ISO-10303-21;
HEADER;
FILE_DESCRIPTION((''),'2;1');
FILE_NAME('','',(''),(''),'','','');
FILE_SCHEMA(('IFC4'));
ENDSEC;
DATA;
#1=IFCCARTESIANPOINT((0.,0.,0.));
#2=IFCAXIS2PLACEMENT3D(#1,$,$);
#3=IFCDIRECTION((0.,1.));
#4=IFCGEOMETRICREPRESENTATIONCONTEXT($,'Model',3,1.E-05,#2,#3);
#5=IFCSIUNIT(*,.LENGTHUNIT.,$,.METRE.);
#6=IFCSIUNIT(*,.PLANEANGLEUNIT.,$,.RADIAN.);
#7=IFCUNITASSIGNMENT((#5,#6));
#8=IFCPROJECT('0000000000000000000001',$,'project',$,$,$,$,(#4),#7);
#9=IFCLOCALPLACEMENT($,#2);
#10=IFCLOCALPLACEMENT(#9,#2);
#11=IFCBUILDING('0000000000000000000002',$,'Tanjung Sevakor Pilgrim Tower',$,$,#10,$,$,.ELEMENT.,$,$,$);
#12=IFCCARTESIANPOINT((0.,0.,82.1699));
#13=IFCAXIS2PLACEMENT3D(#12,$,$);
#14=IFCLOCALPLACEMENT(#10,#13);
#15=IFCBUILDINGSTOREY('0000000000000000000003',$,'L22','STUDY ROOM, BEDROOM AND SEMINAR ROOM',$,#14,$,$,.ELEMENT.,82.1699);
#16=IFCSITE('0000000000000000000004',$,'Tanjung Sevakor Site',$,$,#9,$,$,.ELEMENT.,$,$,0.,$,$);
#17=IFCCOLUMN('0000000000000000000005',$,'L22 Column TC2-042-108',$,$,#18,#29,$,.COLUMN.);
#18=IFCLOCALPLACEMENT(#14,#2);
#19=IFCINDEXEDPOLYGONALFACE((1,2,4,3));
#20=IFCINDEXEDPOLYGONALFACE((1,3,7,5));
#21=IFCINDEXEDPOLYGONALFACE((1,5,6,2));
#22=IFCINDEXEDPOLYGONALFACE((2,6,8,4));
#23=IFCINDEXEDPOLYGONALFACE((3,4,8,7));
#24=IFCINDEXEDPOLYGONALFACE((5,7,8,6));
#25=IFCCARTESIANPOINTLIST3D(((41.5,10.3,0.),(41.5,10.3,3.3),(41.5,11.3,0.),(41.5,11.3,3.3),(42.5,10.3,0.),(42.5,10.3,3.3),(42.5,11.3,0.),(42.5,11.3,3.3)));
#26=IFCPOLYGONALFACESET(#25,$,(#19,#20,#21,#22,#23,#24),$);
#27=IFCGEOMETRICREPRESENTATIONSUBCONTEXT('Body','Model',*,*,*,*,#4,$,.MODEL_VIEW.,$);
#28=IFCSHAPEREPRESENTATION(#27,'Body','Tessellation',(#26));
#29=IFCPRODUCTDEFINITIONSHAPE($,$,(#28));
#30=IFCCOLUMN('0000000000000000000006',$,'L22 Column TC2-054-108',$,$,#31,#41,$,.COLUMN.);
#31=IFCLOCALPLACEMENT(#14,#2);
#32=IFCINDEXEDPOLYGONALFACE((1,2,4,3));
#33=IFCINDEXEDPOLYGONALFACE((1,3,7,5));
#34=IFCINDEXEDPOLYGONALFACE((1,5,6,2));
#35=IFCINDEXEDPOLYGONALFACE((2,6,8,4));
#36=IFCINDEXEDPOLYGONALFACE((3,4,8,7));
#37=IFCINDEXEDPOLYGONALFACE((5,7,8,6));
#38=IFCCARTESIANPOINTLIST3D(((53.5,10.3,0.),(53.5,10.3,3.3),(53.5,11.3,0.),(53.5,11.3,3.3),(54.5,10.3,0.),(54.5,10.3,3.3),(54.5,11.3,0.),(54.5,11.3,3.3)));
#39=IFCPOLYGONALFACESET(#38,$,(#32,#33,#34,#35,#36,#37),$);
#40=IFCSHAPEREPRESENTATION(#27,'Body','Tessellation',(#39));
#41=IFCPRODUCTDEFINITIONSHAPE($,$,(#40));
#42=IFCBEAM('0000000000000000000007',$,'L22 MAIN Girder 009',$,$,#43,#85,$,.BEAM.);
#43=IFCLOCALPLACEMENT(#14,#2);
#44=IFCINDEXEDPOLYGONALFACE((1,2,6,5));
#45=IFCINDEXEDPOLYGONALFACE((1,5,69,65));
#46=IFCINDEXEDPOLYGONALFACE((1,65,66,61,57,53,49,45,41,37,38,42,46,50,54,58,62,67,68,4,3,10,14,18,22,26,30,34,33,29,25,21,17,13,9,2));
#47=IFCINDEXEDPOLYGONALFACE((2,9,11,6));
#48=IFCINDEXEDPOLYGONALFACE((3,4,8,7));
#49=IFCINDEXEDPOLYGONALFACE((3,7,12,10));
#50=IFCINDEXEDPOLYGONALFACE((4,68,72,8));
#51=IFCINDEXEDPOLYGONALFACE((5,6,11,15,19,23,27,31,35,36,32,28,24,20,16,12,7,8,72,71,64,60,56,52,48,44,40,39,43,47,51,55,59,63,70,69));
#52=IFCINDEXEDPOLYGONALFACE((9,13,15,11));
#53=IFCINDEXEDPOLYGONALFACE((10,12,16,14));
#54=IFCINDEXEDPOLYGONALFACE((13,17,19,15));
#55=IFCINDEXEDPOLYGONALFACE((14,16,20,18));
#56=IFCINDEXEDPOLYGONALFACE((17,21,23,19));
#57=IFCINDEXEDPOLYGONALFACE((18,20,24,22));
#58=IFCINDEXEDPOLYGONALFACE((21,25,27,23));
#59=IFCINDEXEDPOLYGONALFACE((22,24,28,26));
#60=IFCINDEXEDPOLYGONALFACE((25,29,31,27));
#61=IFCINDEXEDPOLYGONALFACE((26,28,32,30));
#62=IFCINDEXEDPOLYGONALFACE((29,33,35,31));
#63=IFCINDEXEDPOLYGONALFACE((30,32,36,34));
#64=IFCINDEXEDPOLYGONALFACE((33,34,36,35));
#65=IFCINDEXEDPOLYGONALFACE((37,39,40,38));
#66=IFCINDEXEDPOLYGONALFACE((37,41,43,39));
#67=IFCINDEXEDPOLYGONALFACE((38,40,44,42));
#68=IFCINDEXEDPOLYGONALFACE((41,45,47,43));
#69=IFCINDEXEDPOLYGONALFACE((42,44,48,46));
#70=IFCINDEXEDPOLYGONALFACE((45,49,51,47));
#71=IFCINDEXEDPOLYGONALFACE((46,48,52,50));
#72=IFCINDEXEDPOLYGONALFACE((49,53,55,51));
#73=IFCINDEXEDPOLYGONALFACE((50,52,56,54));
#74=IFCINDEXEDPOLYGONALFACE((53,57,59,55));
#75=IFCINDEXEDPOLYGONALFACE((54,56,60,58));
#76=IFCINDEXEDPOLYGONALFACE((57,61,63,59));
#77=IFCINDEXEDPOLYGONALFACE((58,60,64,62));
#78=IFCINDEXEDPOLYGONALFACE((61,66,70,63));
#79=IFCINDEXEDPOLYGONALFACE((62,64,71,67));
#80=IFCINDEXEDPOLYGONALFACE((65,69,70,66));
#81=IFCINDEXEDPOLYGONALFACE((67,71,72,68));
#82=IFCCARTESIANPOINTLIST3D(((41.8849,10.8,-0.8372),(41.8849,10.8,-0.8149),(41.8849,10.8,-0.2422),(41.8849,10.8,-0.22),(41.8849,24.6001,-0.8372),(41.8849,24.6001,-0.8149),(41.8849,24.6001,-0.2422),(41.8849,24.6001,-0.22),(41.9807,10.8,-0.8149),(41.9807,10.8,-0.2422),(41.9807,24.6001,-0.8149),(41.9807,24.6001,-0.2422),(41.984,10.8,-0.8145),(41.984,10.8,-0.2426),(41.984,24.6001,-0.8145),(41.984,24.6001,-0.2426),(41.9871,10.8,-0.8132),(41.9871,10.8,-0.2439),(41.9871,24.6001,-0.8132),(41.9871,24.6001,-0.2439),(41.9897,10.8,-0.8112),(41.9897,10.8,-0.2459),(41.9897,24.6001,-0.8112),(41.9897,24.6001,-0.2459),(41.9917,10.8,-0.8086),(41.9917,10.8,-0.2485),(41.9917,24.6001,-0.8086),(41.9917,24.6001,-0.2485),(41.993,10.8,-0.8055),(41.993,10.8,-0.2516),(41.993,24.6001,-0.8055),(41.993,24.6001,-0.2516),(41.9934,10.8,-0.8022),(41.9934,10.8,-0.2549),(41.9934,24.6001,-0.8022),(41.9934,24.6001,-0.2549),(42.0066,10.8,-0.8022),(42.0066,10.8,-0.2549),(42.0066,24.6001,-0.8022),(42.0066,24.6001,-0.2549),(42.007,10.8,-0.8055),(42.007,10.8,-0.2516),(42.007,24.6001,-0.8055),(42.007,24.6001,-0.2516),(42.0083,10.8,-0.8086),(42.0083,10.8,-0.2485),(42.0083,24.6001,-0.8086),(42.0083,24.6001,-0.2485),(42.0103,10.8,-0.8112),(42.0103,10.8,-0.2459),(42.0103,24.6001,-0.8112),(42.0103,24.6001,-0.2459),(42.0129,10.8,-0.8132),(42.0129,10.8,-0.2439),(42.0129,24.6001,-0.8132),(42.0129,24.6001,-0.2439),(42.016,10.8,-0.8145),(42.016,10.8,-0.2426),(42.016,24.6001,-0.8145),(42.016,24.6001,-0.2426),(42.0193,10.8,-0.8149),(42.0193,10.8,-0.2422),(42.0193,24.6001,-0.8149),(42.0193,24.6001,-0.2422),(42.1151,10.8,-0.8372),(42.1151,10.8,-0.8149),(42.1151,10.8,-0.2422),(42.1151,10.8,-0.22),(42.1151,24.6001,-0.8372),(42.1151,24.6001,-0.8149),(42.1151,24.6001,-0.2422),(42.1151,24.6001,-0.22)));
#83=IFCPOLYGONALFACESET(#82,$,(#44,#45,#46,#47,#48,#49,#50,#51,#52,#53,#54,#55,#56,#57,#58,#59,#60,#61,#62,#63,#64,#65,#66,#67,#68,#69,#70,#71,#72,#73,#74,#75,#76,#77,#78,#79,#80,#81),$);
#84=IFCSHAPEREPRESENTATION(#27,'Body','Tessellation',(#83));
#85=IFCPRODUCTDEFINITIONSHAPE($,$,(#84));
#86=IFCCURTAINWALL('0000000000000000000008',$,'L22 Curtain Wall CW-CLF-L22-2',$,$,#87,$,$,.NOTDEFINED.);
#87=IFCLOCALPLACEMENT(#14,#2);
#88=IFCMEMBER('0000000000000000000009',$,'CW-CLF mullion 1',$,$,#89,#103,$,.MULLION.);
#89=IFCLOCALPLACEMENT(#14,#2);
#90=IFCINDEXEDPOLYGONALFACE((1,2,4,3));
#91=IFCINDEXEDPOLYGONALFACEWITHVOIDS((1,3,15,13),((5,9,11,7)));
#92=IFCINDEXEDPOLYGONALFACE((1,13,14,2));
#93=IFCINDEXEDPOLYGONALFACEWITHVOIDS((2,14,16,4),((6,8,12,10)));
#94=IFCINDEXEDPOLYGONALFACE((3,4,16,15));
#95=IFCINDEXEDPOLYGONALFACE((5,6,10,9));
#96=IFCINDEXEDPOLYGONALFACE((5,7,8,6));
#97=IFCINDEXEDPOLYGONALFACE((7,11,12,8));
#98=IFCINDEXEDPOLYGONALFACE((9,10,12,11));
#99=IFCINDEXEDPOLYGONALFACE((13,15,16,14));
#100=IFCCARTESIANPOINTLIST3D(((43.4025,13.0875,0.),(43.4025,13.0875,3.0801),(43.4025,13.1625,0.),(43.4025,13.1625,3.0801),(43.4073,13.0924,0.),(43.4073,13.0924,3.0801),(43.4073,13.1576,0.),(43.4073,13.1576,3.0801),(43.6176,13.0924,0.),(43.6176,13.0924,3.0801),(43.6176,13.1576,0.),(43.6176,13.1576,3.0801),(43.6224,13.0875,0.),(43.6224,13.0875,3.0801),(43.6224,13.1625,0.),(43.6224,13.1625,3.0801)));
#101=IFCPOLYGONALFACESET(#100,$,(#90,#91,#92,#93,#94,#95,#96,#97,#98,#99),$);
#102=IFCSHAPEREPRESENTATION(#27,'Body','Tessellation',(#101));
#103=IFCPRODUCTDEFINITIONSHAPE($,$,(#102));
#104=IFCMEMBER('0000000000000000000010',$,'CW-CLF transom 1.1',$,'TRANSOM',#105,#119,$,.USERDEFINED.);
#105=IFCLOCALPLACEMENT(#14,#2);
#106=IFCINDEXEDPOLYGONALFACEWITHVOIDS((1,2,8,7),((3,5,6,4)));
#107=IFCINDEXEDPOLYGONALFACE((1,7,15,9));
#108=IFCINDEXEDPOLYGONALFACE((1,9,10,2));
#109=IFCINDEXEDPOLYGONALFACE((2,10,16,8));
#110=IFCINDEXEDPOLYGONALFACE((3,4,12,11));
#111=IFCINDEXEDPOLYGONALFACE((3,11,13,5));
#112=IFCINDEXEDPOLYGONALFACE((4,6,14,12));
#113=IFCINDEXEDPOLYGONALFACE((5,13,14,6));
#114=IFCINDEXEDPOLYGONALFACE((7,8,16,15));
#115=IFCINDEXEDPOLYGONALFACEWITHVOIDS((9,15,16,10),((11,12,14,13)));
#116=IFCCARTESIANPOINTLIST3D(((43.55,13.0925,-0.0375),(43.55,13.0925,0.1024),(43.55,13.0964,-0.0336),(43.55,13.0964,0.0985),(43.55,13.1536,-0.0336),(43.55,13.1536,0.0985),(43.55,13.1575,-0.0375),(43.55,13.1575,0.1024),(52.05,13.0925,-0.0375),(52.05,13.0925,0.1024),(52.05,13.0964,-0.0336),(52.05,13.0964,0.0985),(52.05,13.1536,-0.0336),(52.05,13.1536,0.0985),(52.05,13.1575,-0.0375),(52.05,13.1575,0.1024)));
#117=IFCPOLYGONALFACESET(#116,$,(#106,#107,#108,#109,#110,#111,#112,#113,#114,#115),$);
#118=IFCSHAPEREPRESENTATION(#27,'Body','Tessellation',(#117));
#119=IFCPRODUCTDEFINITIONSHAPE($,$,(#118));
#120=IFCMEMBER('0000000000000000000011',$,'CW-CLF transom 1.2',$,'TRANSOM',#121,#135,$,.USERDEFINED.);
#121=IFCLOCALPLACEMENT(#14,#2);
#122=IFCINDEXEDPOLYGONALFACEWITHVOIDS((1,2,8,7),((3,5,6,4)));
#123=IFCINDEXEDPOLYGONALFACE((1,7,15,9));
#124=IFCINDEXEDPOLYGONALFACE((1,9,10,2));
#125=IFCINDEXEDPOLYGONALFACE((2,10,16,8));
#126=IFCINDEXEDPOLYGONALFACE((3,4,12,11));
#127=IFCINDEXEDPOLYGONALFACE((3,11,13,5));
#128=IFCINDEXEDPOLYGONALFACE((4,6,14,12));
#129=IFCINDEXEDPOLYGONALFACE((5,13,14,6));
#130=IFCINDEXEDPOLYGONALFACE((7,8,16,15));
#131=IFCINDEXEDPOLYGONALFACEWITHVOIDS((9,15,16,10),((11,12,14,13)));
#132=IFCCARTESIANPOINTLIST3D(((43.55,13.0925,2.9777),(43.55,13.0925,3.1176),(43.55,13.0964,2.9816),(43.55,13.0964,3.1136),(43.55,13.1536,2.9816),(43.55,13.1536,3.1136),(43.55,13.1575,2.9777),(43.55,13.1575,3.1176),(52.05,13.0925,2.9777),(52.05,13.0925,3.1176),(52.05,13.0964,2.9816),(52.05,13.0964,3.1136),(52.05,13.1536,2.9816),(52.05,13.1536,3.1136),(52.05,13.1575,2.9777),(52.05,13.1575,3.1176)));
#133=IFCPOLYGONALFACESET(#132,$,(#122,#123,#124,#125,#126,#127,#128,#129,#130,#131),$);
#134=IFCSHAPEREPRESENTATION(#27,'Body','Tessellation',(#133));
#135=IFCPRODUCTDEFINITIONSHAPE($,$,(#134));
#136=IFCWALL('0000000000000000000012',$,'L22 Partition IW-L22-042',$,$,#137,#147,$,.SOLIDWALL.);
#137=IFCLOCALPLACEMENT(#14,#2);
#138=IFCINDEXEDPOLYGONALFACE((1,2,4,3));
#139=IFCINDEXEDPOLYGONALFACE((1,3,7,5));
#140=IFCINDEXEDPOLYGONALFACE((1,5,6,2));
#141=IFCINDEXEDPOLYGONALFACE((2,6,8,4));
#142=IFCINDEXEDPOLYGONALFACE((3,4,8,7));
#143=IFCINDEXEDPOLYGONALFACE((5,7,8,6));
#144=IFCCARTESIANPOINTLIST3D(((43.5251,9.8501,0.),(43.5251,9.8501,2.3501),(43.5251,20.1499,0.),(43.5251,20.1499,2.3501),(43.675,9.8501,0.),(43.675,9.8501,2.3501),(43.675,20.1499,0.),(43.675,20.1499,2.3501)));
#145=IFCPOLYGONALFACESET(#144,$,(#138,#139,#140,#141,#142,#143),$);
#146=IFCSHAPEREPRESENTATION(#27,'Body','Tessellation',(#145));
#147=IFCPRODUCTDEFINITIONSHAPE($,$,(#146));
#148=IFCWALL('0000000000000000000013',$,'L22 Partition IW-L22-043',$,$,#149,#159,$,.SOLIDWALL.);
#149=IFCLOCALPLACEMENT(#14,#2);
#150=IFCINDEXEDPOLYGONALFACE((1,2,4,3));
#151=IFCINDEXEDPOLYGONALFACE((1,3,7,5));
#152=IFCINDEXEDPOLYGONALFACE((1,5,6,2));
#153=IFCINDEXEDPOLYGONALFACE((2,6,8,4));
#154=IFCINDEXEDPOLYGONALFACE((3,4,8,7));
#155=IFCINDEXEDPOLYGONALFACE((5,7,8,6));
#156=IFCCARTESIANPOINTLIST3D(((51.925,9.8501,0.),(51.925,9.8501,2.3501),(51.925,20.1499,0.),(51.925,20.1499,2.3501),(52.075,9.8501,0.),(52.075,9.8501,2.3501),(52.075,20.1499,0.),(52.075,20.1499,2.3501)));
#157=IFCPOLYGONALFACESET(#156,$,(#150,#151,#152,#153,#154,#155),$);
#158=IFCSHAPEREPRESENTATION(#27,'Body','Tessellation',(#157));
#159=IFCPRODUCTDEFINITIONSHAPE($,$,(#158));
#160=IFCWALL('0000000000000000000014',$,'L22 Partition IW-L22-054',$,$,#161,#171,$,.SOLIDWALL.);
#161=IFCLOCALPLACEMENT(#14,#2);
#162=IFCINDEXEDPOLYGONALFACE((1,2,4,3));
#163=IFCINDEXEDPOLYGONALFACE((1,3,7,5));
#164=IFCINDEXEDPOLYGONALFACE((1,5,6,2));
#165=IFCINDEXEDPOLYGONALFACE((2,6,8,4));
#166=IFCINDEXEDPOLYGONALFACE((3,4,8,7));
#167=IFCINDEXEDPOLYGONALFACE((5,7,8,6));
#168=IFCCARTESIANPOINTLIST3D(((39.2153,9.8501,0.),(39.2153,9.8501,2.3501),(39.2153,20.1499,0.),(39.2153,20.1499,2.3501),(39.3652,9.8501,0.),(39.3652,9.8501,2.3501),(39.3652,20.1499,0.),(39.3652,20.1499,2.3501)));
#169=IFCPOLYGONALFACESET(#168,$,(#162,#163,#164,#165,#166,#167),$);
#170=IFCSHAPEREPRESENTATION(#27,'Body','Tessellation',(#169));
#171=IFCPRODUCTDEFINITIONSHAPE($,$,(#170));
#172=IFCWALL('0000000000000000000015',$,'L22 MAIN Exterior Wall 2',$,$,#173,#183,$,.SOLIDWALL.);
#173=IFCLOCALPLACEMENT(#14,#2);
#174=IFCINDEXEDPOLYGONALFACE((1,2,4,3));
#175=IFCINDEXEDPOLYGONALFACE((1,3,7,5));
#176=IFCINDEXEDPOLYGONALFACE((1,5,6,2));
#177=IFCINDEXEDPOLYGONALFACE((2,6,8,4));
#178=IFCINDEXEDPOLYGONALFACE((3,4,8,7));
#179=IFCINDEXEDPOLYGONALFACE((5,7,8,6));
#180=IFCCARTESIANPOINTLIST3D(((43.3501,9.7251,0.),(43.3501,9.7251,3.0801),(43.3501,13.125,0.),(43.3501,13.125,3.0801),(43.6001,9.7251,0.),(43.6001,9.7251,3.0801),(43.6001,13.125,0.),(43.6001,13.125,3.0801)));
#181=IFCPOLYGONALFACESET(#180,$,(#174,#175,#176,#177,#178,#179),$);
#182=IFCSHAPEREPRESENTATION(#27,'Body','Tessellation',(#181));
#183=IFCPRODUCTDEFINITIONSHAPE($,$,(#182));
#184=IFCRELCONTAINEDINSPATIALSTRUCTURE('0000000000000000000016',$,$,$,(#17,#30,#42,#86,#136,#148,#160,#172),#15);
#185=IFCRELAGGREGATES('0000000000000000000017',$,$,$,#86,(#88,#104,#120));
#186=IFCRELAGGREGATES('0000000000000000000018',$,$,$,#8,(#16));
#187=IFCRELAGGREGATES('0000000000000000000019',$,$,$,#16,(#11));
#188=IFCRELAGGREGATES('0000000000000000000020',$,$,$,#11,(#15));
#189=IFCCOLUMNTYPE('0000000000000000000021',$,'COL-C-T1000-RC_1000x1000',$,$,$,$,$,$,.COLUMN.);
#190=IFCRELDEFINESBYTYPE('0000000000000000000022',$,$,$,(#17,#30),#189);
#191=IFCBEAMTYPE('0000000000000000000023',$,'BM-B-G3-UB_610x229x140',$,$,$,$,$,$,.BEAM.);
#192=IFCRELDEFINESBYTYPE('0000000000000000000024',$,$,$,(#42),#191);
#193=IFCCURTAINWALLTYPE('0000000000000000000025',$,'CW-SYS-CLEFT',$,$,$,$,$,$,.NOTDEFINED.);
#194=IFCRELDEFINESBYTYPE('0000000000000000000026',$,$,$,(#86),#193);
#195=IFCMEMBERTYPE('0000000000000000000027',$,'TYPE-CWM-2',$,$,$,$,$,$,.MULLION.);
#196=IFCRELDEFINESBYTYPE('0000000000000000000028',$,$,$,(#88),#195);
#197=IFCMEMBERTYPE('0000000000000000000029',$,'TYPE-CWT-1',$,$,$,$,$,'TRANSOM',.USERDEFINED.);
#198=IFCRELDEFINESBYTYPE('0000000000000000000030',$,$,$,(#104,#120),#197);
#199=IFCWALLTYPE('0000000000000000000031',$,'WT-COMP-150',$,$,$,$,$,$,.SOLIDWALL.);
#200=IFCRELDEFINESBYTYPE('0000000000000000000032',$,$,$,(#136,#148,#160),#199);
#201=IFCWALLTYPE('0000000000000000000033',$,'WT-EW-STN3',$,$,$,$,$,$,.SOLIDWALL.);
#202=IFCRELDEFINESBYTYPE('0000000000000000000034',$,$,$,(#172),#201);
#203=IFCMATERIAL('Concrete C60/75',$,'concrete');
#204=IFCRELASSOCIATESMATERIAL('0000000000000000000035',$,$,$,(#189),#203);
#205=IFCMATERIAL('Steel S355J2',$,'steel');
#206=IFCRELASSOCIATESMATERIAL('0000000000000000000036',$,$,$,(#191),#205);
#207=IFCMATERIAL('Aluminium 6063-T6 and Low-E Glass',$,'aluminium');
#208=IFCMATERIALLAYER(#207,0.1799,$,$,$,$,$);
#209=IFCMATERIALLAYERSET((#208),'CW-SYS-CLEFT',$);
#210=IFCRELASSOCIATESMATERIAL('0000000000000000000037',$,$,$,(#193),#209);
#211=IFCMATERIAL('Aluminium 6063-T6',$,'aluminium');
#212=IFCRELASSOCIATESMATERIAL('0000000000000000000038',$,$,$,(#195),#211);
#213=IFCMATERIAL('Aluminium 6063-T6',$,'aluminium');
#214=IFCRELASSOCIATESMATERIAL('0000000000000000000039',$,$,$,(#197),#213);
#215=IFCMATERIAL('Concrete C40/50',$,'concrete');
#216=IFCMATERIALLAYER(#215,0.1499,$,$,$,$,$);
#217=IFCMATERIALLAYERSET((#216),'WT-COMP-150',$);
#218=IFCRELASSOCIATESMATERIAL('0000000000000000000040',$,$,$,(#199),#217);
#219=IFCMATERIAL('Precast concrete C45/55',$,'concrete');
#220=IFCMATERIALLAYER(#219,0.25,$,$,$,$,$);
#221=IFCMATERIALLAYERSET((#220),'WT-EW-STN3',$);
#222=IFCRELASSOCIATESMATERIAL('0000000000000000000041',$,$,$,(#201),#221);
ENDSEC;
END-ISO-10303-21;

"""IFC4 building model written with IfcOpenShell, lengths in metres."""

from ifc_helpers import new_model, si_unit, direction, frame, frame_2d, origin, origin_2d, place, context, subcontext, project, spatial, rectangle, hollow_rectangle, i_section, extrude, material, layer, layer_set, material_profile, profile_set, type_object, element, aggregate, save


model = new_model("IFC4")

# Units and contexts
model_context = context("Model", 3, precision=1e-05, world=origin(), true_north=direction((0.0, 1.0)))
body_context = subcontext(model_context, "Body", "Model", "MODEL_VIEW")
ifc_project = project(units=[si_unit("LENGTHUNIT", "METRE"), si_unit("PLANEANGLEUNIT", "RADIAN")], contexts=[model_context])

# Site, building, storey
site_placement = place(None, origin())
site = spatial("IfcSite", under=ifc_project, at=site_placement, Name="Tanjung Sevakor Site", CompositionType="ELEMENT", RefElevation=0.0)
building_placement = place(site_placement, origin())
building = spatial("IfcBuilding", under=site, at=building_placement, Name="Tanjung Sevakor Pilgrim Tower", CompositionType="ELEMENT")
storey_placement = place(building_placement, frame((0.0, 0.0, 82.1699)))
storey = spatial("IfcBuildingStorey", under=building, at=storey_placement, Name="L22", Description="STUDY ROOM, BEDROOM AND SEMINAR ROOM", CompositionType="ELEMENT", Elevation=82.1699)

# Columns
ifc_material_1 = material(Name="Concrete C60/75", Category="concrete")
ifc_material_profile_1 = material_profile(ifc_material_1, rectangle(XDim=1.0, YDim=1.0, at=origin_2d()))
ifc_profile_set_1 = profile_set([ifc_material_profile_1], Name="Concrete C60/75")
column_type = type_object("IfcColumnType", Name="COL-C-T1000-RC_1000x1000", PredefinedType="COLUMN", material=ifc_profile_set_1)
for number, where, z_axis, x_axis, name in (
    (1, (42.0, 10.8, 0.0), (0.0, 0.0, 1.0), (1.0, 0.0, 0.0), "L22 Column TC2-042-108"),
    (2, (54.0, 10.8, 0.0), (0.0, 0.0, 1.0), (1.0, 0.0, 0.0), "L22 Column TC2-054-108"),
):
    element("IfcColumn", number, at=place(storey_placement, frame(where, z_axis=z_axis, x_axis=x_axis)), inside=storey, type_object=column_type, Name=name, PredefinedType="COLUMN", context=body_context, shape_type="SweptSolid", body=[
        extrude(rectangle(XDim=1.0, YDim=1.0, at=origin_2d()), origin(), (0.0, 0.0, 1.0), 3.3),
    ])

# Beam
ifc_material_2 = material(Name="Steel S355J2", Category="steel")
ifc_material_profile_2 = material_profile(ifc_material_2, i_section(OverallWidth=0.2302, OverallDepth=0.6172, WebThickness=0.0132, FlangeThickness=0.0222, FilletRadius=0.0127, at=origin_2d()))
ifc_profile_set_2 = profile_set([ifc_material_profile_2], Name="Steel S355J2")
beam_type = type_object("IfcBeamType", Name="BM-B-G3-UB_610x229x140", PredefinedType="BEAM", material=ifc_profile_set_2)
beam_placement = place(storey_placement, frame((42.0, 10.8, -0.5286), z_axis=(0.0, 1.0, 0.0), x_axis=(-1.0, 0.0, 0.0)))
element("IfcBeam", 3, at=beam_placement, inside=storey, type_object=beam_type, Name="L22 MAIN Girder 009", PredefinedType="BEAM", context=body_context, shape_type="SweptSolid", body=[
    extrude(i_section(OverallWidth=0.2302, OverallDepth=0.6172, WebThickness=0.0132, FlangeThickness=0.0222, FilletRadius=0.0127, at=origin_2d()), origin(), (0.0, 0.0, 1.0), 13.8),
])

# Curtain wall, members
ifc_material_3 = material(Name="Aluminium 6063-T6 and Low-E Glass", Category="aluminium")
ifc_layer_1 = layer(ifc_material_3, 0.1799)
ifc_layer_set_1 = layer_set([ifc_layer_1], Name="CW-SYS-CLEFT")
curtain_wall_type = type_object("IfcCurtainWallType", Name="CW-SYS-CLEFT", PredefinedType="NOTDEFINED", material=ifc_layer_set_1)
curtain_wall_placement = place(storey_placement, origin())
curtain_wall = element("IfcCurtainWall", 4, at=curtain_wall_placement, inside=storey, type_object=curtain_wall_type, Name="L22 Curtain Wall CW-CLF-L22-2", PredefinedType="NOTDEFINED")
ifc_material_4 = material(Name="Aluminium 6063-T6", Category="aluminium")
ifc_material_profile_3 = material_profile(ifc_material_4, hollow_rectangle(XDim=0.075, YDim=0.22, WallThickness=0.0049, at=origin_2d()))
ifc_profile_set_3 = profile_set([ifc_material_profile_3], Name="Aluminium 6063-T6")
member_type_1 = type_object("IfcMemberType", Name="TYPE-CWM-2", PredefinedType="MULLION", material=ifc_profile_set_3)
member_1_placement = place(storey_placement, frame((43.5125, 13.125, 0.0), z_axis=(0.0, 0.0, 1.0), x_axis=(0.0, 1.0, 0.0)))
member_1 = element("IfcMember", 5, at=member_1_placement, type_object=member_type_1, Name="CW-CLF mullion 1", PredefinedType="MULLION", context=body_context, shape_type="SweptSolid", body=[
    extrude(hollow_rectangle(XDim=0.075, YDim=0.22, WallThickness=0.0049, at=origin_2d()), origin(), (0.0, 0.0, 1.0), 3.0801),
])
ifc_material_5 = material(Name="Aluminium 6063-T6", Category="aluminium")
ifc_material_profile_4 = material_profile(ifc_material_5, hollow_rectangle(XDim=0.0649, YDim=0.1399, WallThickness=0.0039, at=origin_2d()))
ifc_profile_set_4 = profile_set([ifc_material_profile_4], Name="Aluminium 6063-T6")
member_type_2 = type_object("IfcMemberType", Name="TYPE-CWT-1", ElementType="TRANSOM", PredefinedType="USERDEFINED", material=ifc_profile_set_4)
member_2_placement = place(storey_placement, frame((43.55, 13.125, 0.0325), z_axis=(1.0, 0.0, 0.0), x_axis=(0.0, 1.0, 0.0)))
member_2 = element("IfcMember", 6, at=member_2_placement, type_object=member_type_2, Name="CW-CLF transom 1.1", ObjectType="TRANSOM", PredefinedType="USERDEFINED", context=body_context, shape_type="SweptSolid", body=[
    extrude(hollow_rectangle(XDim=0.0649, YDim=0.1399, WallThickness=0.0039, at=origin_2d()), origin(), (0.0, 0.0, 1.0), 8.5),
])
member_3_placement = place(storey_placement, frame((43.55, 13.125, 3.0476), z_axis=(1.0, 0.0, 0.0), x_axis=(0.0, 1.0, 0.0)))
member_3 = element("IfcMember", 7, at=member_3_placement, type_object=member_type_2, Name="CW-CLF transom 1.2", ObjectType="TRANSOM", PredefinedType="USERDEFINED", context=body_context, shape_type="SweptSolid", body=[
    extrude(hollow_rectangle(XDim=0.0649, YDim=0.1399, WallThickness=0.0039, at=origin_2d()), origin(), (0.0, 0.0, 1.0), 8.5),
])
aggregate(curtain_wall, [member_1, member_2, member_3])

# Walls
ifc_material_6 = material(Name="Concrete C40/50", Category="concrete")
ifc_layer_2 = layer(ifc_material_6, 0.1499)
ifc_layer_set_2 = layer_set([ifc_layer_2], Name="WT-COMP-150")
wall_type_1 = type_object("IfcWallType", Name="WT-COMP-150", PredefinedType="SOLIDWALL", material=ifc_layer_set_2)
for number, where, z_axis, x_axis, name in (
    (8, (43.6001, 9.8501, 0.0), (0.0, 0.0, 1.0), (0.0, 1.0, 0.0), "L22 Partition IW-L22-042"),
    (9, (52.0, 9.8501, 0.0), (0.0, 0.0, 1.0), (0.0, 1.0, 0.0), "L22 Partition IW-L22-043"),
    (10, (39.2903, 9.8501, 0.0), (0.0, 0.0, 1.0), (0.0, 1.0, 0.0), "L22 Partition IW-L22-054"),
):
    element("IfcWall", number, at=place(storey_placement, frame(where, z_axis=z_axis, x_axis=x_axis)), inside=storey, type_object=wall_type_1, Name=name, PredefinedType="SOLIDWALL", context=body_context, shape_type="SweptSolid", body=[
        extrude(rectangle(XDim=10.2998, YDim=0.1499, at=frame_2d((5.1499, 0.0))), origin(), (0.0, 0.0, 1.0), 2.3501),
    ])
ifc_material_7 = material(Name="Precast concrete C45/55", Category="concrete")
ifc_layer_3 = layer(ifc_material_7, 0.25)
ifc_layer_set_3 = layer_set([ifc_layer_3], Name="WT-EW-STN3")
wall_type_2 = type_object("IfcWallType", Name="WT-EW-STN3", PredefinedType="SOLIDWALL", material=ifc_layer_set_3)
wall_1_placement = place(storey_placement, frame((43.4751, 9.7251, 0.0), z_axis=(0.0, 0.0, 1.0), x_axis=(0.0, 1.0, 0.0)))
element("IfcWall", 11, at=wall_1_placement, inside=storey, type_object=wall_type_2, Name="L22 MAIN Exterior Wall 2", PredefinedType="SOLIDWALL", context=body_context, shape_type="SweptSolid", body=[
    extrude(rectangle(XDim=3.3999, YDim=0.25, at=frame_2d((1.7, 0.0))), origin(), (0.0, 0.0, 1.0), 3.0801),
])

save(model, "model.ifc")
